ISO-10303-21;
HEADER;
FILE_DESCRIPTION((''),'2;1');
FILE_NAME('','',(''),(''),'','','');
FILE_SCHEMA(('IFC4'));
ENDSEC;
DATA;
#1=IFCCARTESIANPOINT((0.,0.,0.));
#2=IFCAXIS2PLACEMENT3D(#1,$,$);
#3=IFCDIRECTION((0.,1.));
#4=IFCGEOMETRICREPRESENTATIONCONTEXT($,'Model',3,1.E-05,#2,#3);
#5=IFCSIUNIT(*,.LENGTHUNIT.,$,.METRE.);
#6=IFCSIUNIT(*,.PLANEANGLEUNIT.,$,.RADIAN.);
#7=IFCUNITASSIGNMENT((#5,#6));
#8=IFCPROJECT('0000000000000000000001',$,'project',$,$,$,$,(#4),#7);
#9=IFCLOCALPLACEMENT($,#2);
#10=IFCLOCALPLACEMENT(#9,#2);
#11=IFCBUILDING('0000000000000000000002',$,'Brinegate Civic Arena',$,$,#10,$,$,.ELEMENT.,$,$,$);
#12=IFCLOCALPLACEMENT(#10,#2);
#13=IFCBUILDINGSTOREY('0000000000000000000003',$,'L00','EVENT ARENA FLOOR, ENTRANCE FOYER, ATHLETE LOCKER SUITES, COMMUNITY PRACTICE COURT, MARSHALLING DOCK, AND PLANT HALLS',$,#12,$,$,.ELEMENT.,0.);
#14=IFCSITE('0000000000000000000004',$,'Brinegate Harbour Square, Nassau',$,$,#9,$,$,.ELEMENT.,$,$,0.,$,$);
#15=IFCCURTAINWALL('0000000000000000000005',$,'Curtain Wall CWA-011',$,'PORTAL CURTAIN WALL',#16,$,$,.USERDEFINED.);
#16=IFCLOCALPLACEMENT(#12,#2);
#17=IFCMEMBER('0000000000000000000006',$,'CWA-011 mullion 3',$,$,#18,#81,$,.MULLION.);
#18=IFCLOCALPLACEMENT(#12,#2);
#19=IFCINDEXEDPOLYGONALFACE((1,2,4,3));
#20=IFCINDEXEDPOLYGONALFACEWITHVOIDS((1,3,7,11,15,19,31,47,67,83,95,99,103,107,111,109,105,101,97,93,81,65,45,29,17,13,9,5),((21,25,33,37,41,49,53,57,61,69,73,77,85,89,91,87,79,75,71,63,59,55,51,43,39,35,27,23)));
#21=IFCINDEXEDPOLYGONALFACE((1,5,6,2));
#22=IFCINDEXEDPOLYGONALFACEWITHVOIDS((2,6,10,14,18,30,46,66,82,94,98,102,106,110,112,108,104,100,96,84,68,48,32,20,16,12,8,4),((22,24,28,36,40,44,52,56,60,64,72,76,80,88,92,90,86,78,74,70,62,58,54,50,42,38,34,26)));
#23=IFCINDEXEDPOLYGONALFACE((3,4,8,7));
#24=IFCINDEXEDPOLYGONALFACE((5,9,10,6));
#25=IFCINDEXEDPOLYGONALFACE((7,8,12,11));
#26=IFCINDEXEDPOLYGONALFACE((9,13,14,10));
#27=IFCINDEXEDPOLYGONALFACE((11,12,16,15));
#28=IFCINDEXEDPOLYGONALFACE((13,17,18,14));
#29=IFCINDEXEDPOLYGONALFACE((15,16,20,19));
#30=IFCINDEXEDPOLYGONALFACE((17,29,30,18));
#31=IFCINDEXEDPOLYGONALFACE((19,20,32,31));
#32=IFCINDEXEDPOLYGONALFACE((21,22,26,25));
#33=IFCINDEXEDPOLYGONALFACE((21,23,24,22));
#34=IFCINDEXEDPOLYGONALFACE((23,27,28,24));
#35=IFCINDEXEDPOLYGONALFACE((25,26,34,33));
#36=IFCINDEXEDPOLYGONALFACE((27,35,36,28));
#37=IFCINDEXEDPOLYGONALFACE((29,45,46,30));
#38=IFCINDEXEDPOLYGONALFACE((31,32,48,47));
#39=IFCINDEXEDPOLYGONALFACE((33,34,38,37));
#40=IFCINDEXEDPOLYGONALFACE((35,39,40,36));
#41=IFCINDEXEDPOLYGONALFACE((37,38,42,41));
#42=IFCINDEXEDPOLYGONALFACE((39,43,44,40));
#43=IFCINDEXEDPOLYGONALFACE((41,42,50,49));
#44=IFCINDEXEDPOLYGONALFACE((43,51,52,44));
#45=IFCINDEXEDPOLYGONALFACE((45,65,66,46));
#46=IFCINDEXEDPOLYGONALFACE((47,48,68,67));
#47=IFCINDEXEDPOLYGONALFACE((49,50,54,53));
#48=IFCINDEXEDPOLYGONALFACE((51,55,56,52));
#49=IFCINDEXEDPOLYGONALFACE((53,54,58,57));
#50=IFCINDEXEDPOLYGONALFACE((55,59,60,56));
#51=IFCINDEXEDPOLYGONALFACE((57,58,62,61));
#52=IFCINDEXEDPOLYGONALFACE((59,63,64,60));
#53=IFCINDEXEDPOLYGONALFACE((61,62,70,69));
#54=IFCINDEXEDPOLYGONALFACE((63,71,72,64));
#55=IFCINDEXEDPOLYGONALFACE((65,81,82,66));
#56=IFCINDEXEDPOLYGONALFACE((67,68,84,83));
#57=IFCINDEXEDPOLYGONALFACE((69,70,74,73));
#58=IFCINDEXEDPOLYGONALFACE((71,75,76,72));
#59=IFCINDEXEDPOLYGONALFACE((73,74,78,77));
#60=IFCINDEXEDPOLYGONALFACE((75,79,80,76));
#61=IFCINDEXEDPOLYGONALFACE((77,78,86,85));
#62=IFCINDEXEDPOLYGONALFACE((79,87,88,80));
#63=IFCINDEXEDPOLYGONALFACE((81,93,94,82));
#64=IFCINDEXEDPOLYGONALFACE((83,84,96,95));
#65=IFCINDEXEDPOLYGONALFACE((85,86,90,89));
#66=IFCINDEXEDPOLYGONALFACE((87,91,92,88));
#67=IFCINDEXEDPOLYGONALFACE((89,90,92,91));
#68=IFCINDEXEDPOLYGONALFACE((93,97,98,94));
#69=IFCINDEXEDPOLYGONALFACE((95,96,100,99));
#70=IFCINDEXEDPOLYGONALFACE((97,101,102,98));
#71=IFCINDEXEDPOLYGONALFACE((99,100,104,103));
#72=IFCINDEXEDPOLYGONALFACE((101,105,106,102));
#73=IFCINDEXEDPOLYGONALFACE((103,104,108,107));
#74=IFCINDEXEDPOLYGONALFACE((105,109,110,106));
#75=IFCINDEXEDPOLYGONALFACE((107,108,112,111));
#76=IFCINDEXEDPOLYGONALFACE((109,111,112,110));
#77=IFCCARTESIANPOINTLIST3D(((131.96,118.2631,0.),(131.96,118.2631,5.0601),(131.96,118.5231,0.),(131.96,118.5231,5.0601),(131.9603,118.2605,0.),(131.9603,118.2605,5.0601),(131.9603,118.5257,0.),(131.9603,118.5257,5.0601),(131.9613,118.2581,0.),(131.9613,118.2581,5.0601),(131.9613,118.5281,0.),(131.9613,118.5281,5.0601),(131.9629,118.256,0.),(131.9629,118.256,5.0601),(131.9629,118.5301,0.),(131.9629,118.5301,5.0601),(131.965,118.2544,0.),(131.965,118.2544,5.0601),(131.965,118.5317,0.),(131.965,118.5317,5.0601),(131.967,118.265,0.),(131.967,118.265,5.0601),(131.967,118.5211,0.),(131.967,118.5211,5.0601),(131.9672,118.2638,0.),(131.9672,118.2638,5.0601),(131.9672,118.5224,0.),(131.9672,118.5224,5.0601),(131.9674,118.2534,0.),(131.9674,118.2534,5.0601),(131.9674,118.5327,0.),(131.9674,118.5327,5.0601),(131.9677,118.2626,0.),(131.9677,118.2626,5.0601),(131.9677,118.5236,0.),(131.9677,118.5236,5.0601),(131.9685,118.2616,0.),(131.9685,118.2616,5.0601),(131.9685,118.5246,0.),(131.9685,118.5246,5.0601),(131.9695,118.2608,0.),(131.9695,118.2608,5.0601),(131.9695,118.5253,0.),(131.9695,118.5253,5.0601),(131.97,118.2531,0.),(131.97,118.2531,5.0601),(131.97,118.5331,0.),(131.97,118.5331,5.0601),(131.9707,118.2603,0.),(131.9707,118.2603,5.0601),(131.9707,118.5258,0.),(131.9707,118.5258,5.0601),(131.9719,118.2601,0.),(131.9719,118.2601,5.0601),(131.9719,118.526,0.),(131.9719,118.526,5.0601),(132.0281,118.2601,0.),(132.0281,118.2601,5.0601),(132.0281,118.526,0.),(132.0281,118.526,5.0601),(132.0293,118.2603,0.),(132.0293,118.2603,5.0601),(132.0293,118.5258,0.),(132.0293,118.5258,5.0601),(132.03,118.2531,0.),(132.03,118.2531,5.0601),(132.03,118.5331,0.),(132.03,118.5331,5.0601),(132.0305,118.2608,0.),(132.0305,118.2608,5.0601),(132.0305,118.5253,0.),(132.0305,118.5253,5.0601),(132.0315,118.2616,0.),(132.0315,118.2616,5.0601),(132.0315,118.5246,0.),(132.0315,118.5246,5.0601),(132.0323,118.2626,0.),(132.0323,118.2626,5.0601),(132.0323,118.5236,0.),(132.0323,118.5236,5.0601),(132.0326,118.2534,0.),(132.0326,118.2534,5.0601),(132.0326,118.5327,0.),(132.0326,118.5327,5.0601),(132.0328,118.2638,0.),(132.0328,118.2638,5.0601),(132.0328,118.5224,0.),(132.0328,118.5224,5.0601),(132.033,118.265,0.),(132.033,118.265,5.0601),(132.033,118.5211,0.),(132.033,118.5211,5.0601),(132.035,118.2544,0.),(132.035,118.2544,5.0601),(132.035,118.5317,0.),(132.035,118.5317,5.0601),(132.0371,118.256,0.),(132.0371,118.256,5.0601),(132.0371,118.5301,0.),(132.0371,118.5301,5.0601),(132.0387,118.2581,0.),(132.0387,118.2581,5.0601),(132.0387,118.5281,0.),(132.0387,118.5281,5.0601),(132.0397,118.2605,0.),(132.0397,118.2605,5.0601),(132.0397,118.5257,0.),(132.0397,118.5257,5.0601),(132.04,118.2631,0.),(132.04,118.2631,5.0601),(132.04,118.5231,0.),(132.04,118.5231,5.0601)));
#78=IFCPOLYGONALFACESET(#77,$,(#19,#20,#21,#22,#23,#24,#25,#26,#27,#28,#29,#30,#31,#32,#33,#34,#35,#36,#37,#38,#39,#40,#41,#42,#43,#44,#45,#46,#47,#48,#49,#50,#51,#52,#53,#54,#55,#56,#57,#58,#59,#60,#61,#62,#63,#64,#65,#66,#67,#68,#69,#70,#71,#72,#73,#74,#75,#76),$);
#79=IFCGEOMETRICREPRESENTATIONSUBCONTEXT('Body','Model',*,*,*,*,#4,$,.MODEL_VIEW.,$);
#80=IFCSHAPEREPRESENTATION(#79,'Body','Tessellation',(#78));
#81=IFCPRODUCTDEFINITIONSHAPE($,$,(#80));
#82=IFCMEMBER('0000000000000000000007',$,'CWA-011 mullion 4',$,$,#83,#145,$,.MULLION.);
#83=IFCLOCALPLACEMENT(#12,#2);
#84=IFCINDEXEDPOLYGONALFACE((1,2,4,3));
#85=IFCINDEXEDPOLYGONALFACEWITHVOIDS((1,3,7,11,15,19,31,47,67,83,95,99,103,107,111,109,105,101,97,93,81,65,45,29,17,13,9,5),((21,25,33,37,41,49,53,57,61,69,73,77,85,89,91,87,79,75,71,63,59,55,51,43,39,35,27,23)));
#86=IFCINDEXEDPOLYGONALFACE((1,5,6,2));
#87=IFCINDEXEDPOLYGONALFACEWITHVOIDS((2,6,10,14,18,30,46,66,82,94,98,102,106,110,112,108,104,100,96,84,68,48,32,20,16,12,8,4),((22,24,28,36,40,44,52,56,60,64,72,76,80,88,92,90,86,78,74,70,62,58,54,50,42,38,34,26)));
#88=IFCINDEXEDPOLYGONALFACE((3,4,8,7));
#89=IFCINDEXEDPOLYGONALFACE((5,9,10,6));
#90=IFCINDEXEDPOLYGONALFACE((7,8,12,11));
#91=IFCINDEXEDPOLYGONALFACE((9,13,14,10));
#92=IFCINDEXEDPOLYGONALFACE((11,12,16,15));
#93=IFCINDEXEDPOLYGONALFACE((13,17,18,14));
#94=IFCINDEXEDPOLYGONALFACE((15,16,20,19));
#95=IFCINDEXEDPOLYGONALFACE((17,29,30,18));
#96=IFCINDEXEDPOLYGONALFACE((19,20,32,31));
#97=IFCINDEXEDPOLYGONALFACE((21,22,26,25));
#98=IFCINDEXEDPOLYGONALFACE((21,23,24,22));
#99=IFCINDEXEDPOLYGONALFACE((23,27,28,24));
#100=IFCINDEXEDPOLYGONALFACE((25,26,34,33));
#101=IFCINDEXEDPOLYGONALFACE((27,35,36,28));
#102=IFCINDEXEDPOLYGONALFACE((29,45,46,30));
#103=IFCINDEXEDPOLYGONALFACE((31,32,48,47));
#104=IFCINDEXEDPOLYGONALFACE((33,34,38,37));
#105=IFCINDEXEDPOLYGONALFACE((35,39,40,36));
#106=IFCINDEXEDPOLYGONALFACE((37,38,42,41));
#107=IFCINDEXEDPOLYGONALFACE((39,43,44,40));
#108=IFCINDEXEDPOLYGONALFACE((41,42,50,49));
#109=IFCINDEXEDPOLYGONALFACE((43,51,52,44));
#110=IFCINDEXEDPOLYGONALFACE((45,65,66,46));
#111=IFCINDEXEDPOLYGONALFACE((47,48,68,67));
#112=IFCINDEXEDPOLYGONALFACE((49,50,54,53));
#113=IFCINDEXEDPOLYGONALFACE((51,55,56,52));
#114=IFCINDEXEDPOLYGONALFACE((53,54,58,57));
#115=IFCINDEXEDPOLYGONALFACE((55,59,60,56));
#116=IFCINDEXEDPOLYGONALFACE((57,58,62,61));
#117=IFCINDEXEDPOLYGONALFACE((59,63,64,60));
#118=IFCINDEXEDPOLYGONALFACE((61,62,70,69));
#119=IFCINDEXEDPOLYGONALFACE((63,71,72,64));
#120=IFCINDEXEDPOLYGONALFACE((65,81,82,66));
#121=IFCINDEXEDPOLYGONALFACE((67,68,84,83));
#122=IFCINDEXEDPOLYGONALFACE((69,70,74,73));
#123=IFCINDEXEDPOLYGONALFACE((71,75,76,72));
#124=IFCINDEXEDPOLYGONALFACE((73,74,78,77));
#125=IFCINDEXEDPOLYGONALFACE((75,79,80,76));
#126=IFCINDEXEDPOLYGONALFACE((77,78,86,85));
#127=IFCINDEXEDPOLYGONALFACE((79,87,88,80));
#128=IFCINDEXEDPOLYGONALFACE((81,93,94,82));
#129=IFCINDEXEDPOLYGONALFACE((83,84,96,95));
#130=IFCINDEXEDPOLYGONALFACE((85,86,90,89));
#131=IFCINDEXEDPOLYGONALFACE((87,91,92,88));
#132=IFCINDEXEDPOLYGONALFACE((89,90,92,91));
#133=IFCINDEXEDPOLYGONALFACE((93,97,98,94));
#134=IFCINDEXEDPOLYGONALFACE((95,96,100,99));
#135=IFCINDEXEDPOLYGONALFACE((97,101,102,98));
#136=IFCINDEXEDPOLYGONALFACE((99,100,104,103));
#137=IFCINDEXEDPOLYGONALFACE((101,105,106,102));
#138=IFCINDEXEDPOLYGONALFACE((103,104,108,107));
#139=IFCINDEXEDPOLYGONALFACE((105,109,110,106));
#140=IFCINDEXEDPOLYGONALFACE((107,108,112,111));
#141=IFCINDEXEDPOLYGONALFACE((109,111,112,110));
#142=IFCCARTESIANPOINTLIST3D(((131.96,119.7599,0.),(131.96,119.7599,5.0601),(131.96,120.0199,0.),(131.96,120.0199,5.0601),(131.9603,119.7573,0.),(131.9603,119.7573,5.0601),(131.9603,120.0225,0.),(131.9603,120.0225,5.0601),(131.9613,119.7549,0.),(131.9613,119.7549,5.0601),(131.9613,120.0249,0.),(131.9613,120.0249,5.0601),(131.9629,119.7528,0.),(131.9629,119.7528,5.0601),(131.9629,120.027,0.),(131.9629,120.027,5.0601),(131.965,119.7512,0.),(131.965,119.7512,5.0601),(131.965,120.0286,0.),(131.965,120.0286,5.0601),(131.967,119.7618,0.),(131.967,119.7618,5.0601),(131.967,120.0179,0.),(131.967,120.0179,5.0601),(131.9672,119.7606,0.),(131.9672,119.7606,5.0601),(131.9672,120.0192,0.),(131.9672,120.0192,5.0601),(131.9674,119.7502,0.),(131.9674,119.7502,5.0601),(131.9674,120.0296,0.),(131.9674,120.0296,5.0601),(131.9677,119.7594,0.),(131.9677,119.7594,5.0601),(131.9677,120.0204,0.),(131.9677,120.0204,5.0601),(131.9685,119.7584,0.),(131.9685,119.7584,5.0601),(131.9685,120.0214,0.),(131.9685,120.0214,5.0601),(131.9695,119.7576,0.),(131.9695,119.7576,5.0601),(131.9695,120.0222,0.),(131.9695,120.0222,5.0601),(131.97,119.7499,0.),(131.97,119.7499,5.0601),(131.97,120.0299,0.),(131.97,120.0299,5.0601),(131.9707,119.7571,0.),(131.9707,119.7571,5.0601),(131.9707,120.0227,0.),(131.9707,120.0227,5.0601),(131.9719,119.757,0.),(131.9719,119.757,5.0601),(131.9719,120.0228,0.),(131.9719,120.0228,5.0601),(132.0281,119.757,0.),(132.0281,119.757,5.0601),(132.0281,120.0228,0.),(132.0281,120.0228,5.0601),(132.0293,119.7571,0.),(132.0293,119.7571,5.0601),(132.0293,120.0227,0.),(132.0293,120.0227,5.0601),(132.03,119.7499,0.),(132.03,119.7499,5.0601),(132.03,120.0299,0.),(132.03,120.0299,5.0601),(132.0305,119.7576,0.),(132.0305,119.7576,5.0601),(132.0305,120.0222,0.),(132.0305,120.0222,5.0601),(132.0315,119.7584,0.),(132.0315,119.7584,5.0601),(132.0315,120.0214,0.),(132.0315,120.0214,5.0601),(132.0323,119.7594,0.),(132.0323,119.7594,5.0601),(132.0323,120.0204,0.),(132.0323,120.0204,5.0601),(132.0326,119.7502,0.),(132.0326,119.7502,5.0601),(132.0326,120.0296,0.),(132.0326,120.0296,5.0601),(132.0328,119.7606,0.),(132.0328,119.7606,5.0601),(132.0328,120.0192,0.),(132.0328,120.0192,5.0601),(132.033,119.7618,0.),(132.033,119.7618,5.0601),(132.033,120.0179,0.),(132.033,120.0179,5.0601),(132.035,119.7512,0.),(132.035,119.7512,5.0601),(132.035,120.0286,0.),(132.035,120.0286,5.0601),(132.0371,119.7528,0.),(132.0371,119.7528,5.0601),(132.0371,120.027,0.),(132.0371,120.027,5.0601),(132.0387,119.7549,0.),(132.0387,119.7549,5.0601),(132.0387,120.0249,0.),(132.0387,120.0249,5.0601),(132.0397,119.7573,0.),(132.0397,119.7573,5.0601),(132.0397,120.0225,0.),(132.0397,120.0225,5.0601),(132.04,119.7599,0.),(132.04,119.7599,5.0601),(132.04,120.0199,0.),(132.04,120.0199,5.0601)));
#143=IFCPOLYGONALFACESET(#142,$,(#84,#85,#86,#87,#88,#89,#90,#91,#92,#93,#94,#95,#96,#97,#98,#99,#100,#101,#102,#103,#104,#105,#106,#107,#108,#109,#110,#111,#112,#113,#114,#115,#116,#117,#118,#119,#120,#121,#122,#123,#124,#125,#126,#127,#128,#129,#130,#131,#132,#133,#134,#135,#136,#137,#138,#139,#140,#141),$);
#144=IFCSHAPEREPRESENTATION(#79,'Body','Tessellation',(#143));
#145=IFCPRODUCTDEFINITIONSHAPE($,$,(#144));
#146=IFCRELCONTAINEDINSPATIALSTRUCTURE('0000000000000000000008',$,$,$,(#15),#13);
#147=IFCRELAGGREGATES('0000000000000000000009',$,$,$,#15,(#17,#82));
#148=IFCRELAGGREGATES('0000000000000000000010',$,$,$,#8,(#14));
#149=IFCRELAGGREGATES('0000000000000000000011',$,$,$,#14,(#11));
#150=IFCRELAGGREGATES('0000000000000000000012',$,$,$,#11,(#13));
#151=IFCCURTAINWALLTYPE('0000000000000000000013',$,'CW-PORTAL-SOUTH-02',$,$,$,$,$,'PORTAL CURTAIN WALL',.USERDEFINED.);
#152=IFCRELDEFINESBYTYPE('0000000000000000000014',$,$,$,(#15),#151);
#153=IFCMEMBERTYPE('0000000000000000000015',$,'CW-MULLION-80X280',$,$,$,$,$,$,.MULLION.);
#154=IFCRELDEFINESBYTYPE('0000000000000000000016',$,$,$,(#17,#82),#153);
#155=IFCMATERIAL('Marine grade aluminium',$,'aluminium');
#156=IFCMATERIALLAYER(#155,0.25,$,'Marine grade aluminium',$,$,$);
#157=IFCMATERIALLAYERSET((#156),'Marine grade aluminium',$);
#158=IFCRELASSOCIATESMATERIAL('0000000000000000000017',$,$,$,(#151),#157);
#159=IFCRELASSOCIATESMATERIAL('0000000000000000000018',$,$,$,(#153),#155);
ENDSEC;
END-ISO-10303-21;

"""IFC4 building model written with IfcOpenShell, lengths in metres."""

from ifc_helpers import new_model, si_unit, direction, frame, origin, origin_2d, place, context, subcontext, project, spatial, hollow_rectangle, extrude, material, layer, layer_set, material_profile, profile_set, type_object, element, aggregate, save


model = new_model("IFC4")

# Units and contexts
model_context = context("Model", 3, precision=1e-05, world=origin(), true_north=direction((0.0, 1.0)))
body_context = subcontext(model_context, "Body", "Model", "MODEL_VIEW")
ifc_project = project(units=[si_unit("LENGTHUNIT", "METRE"), si_unit("PLANEANGLEUNIT", "RADIAN")], contexts=[model_context])

# Site, building, storey
site_placement = place(None, origin())
site = spatial("IfcSite", under=ifc_project, at=site_placement, Name="Brinegate Harbour Square, Nassau", CompositionType="ELEMENT", RefElevation=0.0)
building_placement = place(site_placement, origin())
building = spatial("IfcBuilding", under=site, at=building_placement, Name="Brinegate Civic Arena", CompositionType="ELEMENT")
storey_placement = place(building_placement, origin())
storey = spatial("IfcBuildingStorey", under=building, at=storey_placement, Name="L00", Description="EVENT ARENA FLOOR, ENTRANCE FOYER, ATHLETE LOCKER SUITES, COMMUNITY PRACTICE COURT, MARSHALLING DOCK, AND PLANT HALLS", CompositionType="ELEMENT", Elevation=0.0)

# Curtain wall, members
ifc_material_1 = material(Name="Marine grade aluminium", Category="aluminium")
ifc_layer_1 = layer(ifc_material_1, 0.25, Name="Marine grade aluminium")
ifc_layer_set_1 = layer_set([ifc_layer_1], Name="Marine grade aluminium")
curtain_wall_type = type_object("IfcCurtainWallType", Name="CW-PORTAL-SOUTH-02", ElementType="PORTAL CURTAIN WALL", PredefinedType="USERDEFINED", material=ifc_layer_set_1)
curtain_wall_placement = place(storey_placement, origin())
curtain_wall = element("IfcCurtainWall", 1, at=curtain_wall_placement, inside=storey, type_object=curtain_wall_type, Name="Curtain Wall CWA-011", ObjectType="PORTAL CURTAIN WALL", PredefinedType="USERDEFINED")
ifc_material_profile_1 = material_profile(ifc_material_1, hollow_rectangle(XDim=0.0801, YDim=0.28, WallThickness=0.0071, InnerFilletRadius=0.0049, OuterFilletRadius=0.01, at=origin_2d()), Name="MUL80X280")
ifc_profile_set_1 = profile_set([ifc_material_profile_1], Name="Marine grade aluminium")
member_type_1 = type_object("IfcMemberType", Name="CW-MULLION-80X280", PredefinedType="MULLION", material=ifc_profile_set_1)
member_1_placement = place(storey_placement, frame((132.0, 118.3931, 0.0), z_axis=(0.0, 0.0, 1.0), x_axis=(-1.0, 0.0, 0.0)))
member_1 = element("IfcMember", 2, at=member_1_placement, type_object=member_type_1, Name="CWA-011 mullion 3", PredefinedType="MULLION", context=body_context, shape_type="SweptSolid", body=[
    extrude(hollow_rectangle(XDim=0.0801, YDim=0.28, WallThickness=0.0071, InnerFilletRadius=0.0049, OuterFilletRadius=0.01, at=origin_2d()), origin(), (0.0, 0.0, 1.0), 5.0601),
])
member_2_placement = place(storey_placement, frame((132.0, 119.8899, 0.0), z_axis=(0.0, 0.0, 1.0), x_axis=(-1.0, 0.0, 0.0)))
member_2 = element("IfcMember", 3, at=member_2_placement, type_object=member_type_1, Name="CWA-011 mullion 4", PredefinedType="MULLION", context=body_context, shape_type="SweptSolid", body=[
    extrude(hollow_rectangle(XDim=0.0801, YDim=0.28, WallThickness=0.0071, InnerFilletRadius=0.0049, OuterFilletRadius=0.01, at=origin_2d()), origin(), (0.0, 0.0, 1.0), 5.0601),
])
aggregate(curtain_wall, [member_1, member_2])

save(model, "model.ifc")
